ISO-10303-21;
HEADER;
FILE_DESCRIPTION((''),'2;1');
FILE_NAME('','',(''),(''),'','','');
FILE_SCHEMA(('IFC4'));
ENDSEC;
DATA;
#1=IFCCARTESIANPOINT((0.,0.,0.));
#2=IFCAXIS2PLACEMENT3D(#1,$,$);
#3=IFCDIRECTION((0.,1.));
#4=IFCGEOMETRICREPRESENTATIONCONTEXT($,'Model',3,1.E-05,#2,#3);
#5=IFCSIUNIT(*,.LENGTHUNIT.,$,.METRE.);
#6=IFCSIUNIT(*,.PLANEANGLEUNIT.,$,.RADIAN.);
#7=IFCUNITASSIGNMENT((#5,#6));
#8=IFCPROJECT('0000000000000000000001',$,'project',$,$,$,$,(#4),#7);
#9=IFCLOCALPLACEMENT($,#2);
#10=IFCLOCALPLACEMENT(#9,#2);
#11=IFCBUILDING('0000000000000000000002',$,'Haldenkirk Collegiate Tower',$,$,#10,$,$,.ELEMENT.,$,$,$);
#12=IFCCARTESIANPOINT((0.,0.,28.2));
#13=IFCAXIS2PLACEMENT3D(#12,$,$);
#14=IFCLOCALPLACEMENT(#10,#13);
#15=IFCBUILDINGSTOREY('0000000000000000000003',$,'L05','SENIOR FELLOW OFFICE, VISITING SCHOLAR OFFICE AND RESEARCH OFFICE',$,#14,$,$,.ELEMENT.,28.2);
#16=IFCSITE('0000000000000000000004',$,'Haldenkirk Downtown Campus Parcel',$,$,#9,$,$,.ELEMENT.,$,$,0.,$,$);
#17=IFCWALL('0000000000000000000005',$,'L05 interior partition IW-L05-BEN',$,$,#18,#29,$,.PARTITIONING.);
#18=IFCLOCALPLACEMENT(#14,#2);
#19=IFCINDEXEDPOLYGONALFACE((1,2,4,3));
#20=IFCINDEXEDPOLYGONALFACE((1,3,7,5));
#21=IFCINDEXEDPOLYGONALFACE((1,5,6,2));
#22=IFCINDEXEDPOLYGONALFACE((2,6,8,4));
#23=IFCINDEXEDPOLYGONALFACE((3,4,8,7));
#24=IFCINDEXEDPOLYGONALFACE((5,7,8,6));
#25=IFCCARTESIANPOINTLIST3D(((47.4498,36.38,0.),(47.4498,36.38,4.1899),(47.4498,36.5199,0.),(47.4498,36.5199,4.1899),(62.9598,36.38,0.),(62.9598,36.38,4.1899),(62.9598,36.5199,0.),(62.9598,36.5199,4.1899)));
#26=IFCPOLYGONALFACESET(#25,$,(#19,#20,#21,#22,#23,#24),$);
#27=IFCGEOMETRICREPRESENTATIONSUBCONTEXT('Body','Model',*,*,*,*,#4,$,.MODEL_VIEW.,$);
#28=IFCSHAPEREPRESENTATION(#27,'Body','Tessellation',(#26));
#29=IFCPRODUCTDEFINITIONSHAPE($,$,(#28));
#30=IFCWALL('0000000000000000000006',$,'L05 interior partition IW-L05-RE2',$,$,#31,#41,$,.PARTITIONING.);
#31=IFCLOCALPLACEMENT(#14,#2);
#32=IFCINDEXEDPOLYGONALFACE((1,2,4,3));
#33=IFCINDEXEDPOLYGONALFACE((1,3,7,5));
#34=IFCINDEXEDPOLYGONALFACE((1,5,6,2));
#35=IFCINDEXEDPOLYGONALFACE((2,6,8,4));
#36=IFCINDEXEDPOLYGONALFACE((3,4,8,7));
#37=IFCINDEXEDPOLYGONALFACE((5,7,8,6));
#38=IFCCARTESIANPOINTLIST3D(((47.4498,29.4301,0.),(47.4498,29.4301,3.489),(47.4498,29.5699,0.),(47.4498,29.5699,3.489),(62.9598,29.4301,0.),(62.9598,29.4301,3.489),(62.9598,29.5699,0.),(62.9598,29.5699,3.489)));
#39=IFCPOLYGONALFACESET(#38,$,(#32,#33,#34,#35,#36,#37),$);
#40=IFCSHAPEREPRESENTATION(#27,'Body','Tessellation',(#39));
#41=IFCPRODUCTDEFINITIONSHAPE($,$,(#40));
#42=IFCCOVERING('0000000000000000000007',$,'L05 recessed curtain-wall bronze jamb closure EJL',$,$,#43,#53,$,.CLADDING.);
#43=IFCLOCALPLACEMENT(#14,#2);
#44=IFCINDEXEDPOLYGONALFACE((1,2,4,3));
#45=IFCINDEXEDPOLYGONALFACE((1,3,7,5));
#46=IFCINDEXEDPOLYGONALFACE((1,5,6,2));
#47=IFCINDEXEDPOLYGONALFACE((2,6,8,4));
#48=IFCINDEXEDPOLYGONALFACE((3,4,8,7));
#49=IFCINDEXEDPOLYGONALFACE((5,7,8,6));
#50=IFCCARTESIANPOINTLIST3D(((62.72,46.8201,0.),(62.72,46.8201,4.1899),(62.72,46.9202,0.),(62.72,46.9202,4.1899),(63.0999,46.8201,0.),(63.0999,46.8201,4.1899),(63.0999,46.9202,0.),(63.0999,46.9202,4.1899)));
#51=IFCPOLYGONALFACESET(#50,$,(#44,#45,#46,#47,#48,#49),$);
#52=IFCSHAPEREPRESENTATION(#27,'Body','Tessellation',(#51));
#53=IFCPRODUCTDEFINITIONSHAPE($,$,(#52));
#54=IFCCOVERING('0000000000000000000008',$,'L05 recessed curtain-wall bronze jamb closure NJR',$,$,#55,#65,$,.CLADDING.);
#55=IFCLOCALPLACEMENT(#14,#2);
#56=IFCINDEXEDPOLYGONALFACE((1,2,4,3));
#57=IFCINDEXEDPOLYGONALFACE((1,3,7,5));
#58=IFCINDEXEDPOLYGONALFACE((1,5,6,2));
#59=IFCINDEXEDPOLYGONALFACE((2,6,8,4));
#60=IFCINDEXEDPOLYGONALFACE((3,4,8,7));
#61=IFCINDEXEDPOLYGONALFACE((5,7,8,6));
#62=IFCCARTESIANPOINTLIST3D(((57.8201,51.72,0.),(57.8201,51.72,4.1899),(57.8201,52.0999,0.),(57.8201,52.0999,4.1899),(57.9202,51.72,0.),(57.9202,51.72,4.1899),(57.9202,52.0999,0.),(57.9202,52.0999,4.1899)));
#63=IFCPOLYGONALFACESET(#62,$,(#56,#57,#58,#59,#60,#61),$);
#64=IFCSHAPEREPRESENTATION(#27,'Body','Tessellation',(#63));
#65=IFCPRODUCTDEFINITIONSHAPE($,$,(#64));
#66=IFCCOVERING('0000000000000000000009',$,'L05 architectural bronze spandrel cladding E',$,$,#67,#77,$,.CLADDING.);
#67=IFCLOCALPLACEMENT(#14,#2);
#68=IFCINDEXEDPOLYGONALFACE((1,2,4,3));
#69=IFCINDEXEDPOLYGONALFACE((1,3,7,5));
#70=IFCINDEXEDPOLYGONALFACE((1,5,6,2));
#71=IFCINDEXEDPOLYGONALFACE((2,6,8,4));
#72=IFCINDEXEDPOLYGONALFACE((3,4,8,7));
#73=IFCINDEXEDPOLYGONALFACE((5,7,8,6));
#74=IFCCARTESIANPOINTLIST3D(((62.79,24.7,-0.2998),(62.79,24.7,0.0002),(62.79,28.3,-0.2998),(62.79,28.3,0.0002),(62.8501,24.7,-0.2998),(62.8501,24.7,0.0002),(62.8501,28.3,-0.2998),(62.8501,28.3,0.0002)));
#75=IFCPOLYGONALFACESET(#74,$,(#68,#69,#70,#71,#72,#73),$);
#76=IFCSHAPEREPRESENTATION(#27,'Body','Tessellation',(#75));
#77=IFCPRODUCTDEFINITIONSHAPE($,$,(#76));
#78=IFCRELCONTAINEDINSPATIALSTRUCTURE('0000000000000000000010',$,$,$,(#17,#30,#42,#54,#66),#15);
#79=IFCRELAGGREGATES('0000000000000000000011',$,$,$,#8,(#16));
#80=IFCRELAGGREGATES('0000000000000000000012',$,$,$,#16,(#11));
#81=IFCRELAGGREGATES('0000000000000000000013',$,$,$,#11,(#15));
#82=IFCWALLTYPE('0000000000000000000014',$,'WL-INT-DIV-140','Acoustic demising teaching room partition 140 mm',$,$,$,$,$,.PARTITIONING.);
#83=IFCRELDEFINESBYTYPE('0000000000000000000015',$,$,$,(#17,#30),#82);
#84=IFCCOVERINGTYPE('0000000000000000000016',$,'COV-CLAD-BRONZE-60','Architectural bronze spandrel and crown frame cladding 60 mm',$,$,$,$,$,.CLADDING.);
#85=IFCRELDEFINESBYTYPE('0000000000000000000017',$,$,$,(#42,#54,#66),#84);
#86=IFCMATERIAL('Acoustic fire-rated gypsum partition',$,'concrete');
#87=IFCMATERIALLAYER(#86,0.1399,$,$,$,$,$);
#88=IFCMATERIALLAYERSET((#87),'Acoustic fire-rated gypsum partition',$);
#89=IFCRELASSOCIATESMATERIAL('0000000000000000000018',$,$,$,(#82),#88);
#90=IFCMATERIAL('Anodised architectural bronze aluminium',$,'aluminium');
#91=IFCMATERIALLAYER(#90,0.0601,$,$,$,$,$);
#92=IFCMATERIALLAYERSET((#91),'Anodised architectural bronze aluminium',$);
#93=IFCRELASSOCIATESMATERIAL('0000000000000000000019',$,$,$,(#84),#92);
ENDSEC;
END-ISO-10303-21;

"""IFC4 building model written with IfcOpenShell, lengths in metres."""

from ifc_helpers import new_model, si_unit, direction, frame, frame_2d, origin, origin_2d, place, context, subcontext, project, spatial, rectangle, extrude, source, transform, mapped, material, layer, layer_set, type_object, element, save


model = new_model("IFC4")

# Units and contexts
model_context = context("Model", 3, precision=1e-05, world=origin(), true_north=direction((0.0, 1.0)))
body_context = subcontext(model_context, "Body", "Model", "MODEL_VIEW")
ifc_project = project(units=[si_unit("LENGTHUNIT", "METRE"), si_unit("PLANEANGLEUNIT", "RADIAN")], contexts=[model_context])

# Site, building, storey
site_placement = place(None, origin())
site = spatial("IfcSite", under=ifc_project, at=site_placement, Name="Haldenkirk Downtown Campus Parcel", CompositionType="ELEMENT", RefElevation=0.0)
building_placement = place(site_placement, origin())
building = spatial("IfcBuilding", under=site, at=building_placement, Name="Haldenkirk Collegiate Tower", CompositionType="ELEMENT")
storey_placement = place(building_placement, frame((0.0, 0.0, 28.2)))
storey = spatial("IfcBuildingStorey", under=building, at=storey_placement, Name="L05", Description="SENIOR FELLOW OFFICE, VISITING SCHOLAR OFFICE AND RESEARCH OFFICE", CompositionType="ELEMENT", Elevation=28.2)

# Shared definitions
ifc_material_1 = material(Name="Anodised architectural bronze aluminium", Category="aluminium")

# Walls
ifc_material_2 = material(Name="Acoustic fire-rated gypsum partition", Category="concrete")
ifc_layer_1 = layer(ifc_material_2, 0.1399)
ifc_layer_set_1 = layer_set([ifc_layer_1], Name="Acoustic fire-rated gypsum partition")
wall_type_1 = type_object("IfcWallType", Name="WL-INT-DIV-140", Description="Acoustic demising teaching room partition 140 mm", PredefinedType="PARTITIONING", material=ifc_layer_set_1)
wall_1_placement = place(storey_placement, frame((47.45, 36.45, 0.0), z_axis=(0.0, 0.0, 1.0), x_axis=(1.0, 0.0, 0.0)))
element("IfcWall", 1, at=wall_1_placement, inside=storey, type_object=wall_type_1, Name="L05 interior partition IW-L05-BEN", PredefinedType="PARTITIONING", context=body_context, shape_type="SweptSolid", body=[
    extrude(rectangle(XDim=15.51, YDim=0.1399, at=frame_2d((7.7549, 0.0))), origin(), (0.0, 0.0, 1.0), 4.1899),
])
wall_2_placement = place(storey_placement, frame((47.45, 29.5, 0.0), z_axis=(0.0, 0.0, 1.0), x_axis=(1.0, 0.0, 0.0)))
element("IfcWall", 2, at=wall_2_placement, inside=storey, type_object=wall_type_1, Name="L05 interior partition IW-L05-RE2", PredefinedType="PARTITIONING", context=body_context, shape_type="SweptSolid", body=[
    extrude(rectangle(XDim=15.51, YDim=0.1399, at=frame_2d((7.7549, 0.0))), origin(), (0.0, 0.0, 1.0), 3.489),
])

# Coverings
ifc_layer_2 = layer(ifc_material_1, 0.0601)
ifc_layer_set_2 = layer_set([ifc_layer_2], Name="Anodised architectural bronze aluminium")
covering_type = type_object("IfcCoveringType", Name="COV-CLAD-BRONZE-60", Description="Architectural bronze spandrel and crown frame cladding 60 mm", PredefinedType="CLADDING", material=ifc_layer_set_2)
shared_shape_1 = source(origin(), body_context, "Body", "SweptSolid", [
    extrude(rectangle(XDim=0.1001, YDim=0.3799, at=origin_2d()), origin(), (0.0, 0.0, 1.0), 4.1899),
])
for number, where, z_axis, x_axis, name in (
    (3, (62.9099, 46.8701, 0.0), (0.0, 0.0, 1.0), (0.0, -1.0, 0.0), "L05 recessed curtain-wall bronze jamb closure EJL"),
    (4, (57.8701, 51.9099, 0.0), (0.0, 0.0, 1.0), (1.0, 0.0, 0.0), "L05 recessed curtain-wall bronze jamb closure NJR"),
):
    element("IfcCovering", number, at=place(storey_placement, frame(where, z_axis=z_axis, x_axis=x_axis)), inside=storey, type_object=covering_type, Name=name, PredefinedType="CLADDING", context=body_context, shape_type="MappedRepresentation", body=[
        mapped(shared_shape_1, transform((0.0, 0.0, 0.0), x_axis=(1.0, 0.0, 0.0), y_axis=(0.0, 1.0, 0.0), z_axis=(0.0, 0.0, 1.0), scale=1.0)),
    ])
shared_shape_2 = source(origin(), body_context, "Body", "SweptSolid", [
    extrude(rectangle(XDim=3.6001, YDim=0.0601, at=origin_2d()), origin(), (0.0, 0.0, 1.0), 0.3),
])
covering_placement = place(storey_placement, frame((62.8201, 26.5, -0.2998), z_axis=(0.0, 0.0, 1.0), x_axis=(0.0, -1.0, 0.0)))
element("IfcCovering", 5, at=covering_placement, inside=storey, type_object=covering_type, Name="L05 architectural bronze spandrel cladding E", PredefinedType="CLADDING", context=body_context, shape_type="MappedRepresentation", body=[
    mapped(shared_shape_2, transform((0.0, 0.0, 0.0), x_axis=(1.0, 0.0, 0.0), y_axis=(0.0, 1.0, 0.0), z_axis=(0.0, 0.0, 1.0), scale=1.0)),
])

save(model, "model.ifc")
